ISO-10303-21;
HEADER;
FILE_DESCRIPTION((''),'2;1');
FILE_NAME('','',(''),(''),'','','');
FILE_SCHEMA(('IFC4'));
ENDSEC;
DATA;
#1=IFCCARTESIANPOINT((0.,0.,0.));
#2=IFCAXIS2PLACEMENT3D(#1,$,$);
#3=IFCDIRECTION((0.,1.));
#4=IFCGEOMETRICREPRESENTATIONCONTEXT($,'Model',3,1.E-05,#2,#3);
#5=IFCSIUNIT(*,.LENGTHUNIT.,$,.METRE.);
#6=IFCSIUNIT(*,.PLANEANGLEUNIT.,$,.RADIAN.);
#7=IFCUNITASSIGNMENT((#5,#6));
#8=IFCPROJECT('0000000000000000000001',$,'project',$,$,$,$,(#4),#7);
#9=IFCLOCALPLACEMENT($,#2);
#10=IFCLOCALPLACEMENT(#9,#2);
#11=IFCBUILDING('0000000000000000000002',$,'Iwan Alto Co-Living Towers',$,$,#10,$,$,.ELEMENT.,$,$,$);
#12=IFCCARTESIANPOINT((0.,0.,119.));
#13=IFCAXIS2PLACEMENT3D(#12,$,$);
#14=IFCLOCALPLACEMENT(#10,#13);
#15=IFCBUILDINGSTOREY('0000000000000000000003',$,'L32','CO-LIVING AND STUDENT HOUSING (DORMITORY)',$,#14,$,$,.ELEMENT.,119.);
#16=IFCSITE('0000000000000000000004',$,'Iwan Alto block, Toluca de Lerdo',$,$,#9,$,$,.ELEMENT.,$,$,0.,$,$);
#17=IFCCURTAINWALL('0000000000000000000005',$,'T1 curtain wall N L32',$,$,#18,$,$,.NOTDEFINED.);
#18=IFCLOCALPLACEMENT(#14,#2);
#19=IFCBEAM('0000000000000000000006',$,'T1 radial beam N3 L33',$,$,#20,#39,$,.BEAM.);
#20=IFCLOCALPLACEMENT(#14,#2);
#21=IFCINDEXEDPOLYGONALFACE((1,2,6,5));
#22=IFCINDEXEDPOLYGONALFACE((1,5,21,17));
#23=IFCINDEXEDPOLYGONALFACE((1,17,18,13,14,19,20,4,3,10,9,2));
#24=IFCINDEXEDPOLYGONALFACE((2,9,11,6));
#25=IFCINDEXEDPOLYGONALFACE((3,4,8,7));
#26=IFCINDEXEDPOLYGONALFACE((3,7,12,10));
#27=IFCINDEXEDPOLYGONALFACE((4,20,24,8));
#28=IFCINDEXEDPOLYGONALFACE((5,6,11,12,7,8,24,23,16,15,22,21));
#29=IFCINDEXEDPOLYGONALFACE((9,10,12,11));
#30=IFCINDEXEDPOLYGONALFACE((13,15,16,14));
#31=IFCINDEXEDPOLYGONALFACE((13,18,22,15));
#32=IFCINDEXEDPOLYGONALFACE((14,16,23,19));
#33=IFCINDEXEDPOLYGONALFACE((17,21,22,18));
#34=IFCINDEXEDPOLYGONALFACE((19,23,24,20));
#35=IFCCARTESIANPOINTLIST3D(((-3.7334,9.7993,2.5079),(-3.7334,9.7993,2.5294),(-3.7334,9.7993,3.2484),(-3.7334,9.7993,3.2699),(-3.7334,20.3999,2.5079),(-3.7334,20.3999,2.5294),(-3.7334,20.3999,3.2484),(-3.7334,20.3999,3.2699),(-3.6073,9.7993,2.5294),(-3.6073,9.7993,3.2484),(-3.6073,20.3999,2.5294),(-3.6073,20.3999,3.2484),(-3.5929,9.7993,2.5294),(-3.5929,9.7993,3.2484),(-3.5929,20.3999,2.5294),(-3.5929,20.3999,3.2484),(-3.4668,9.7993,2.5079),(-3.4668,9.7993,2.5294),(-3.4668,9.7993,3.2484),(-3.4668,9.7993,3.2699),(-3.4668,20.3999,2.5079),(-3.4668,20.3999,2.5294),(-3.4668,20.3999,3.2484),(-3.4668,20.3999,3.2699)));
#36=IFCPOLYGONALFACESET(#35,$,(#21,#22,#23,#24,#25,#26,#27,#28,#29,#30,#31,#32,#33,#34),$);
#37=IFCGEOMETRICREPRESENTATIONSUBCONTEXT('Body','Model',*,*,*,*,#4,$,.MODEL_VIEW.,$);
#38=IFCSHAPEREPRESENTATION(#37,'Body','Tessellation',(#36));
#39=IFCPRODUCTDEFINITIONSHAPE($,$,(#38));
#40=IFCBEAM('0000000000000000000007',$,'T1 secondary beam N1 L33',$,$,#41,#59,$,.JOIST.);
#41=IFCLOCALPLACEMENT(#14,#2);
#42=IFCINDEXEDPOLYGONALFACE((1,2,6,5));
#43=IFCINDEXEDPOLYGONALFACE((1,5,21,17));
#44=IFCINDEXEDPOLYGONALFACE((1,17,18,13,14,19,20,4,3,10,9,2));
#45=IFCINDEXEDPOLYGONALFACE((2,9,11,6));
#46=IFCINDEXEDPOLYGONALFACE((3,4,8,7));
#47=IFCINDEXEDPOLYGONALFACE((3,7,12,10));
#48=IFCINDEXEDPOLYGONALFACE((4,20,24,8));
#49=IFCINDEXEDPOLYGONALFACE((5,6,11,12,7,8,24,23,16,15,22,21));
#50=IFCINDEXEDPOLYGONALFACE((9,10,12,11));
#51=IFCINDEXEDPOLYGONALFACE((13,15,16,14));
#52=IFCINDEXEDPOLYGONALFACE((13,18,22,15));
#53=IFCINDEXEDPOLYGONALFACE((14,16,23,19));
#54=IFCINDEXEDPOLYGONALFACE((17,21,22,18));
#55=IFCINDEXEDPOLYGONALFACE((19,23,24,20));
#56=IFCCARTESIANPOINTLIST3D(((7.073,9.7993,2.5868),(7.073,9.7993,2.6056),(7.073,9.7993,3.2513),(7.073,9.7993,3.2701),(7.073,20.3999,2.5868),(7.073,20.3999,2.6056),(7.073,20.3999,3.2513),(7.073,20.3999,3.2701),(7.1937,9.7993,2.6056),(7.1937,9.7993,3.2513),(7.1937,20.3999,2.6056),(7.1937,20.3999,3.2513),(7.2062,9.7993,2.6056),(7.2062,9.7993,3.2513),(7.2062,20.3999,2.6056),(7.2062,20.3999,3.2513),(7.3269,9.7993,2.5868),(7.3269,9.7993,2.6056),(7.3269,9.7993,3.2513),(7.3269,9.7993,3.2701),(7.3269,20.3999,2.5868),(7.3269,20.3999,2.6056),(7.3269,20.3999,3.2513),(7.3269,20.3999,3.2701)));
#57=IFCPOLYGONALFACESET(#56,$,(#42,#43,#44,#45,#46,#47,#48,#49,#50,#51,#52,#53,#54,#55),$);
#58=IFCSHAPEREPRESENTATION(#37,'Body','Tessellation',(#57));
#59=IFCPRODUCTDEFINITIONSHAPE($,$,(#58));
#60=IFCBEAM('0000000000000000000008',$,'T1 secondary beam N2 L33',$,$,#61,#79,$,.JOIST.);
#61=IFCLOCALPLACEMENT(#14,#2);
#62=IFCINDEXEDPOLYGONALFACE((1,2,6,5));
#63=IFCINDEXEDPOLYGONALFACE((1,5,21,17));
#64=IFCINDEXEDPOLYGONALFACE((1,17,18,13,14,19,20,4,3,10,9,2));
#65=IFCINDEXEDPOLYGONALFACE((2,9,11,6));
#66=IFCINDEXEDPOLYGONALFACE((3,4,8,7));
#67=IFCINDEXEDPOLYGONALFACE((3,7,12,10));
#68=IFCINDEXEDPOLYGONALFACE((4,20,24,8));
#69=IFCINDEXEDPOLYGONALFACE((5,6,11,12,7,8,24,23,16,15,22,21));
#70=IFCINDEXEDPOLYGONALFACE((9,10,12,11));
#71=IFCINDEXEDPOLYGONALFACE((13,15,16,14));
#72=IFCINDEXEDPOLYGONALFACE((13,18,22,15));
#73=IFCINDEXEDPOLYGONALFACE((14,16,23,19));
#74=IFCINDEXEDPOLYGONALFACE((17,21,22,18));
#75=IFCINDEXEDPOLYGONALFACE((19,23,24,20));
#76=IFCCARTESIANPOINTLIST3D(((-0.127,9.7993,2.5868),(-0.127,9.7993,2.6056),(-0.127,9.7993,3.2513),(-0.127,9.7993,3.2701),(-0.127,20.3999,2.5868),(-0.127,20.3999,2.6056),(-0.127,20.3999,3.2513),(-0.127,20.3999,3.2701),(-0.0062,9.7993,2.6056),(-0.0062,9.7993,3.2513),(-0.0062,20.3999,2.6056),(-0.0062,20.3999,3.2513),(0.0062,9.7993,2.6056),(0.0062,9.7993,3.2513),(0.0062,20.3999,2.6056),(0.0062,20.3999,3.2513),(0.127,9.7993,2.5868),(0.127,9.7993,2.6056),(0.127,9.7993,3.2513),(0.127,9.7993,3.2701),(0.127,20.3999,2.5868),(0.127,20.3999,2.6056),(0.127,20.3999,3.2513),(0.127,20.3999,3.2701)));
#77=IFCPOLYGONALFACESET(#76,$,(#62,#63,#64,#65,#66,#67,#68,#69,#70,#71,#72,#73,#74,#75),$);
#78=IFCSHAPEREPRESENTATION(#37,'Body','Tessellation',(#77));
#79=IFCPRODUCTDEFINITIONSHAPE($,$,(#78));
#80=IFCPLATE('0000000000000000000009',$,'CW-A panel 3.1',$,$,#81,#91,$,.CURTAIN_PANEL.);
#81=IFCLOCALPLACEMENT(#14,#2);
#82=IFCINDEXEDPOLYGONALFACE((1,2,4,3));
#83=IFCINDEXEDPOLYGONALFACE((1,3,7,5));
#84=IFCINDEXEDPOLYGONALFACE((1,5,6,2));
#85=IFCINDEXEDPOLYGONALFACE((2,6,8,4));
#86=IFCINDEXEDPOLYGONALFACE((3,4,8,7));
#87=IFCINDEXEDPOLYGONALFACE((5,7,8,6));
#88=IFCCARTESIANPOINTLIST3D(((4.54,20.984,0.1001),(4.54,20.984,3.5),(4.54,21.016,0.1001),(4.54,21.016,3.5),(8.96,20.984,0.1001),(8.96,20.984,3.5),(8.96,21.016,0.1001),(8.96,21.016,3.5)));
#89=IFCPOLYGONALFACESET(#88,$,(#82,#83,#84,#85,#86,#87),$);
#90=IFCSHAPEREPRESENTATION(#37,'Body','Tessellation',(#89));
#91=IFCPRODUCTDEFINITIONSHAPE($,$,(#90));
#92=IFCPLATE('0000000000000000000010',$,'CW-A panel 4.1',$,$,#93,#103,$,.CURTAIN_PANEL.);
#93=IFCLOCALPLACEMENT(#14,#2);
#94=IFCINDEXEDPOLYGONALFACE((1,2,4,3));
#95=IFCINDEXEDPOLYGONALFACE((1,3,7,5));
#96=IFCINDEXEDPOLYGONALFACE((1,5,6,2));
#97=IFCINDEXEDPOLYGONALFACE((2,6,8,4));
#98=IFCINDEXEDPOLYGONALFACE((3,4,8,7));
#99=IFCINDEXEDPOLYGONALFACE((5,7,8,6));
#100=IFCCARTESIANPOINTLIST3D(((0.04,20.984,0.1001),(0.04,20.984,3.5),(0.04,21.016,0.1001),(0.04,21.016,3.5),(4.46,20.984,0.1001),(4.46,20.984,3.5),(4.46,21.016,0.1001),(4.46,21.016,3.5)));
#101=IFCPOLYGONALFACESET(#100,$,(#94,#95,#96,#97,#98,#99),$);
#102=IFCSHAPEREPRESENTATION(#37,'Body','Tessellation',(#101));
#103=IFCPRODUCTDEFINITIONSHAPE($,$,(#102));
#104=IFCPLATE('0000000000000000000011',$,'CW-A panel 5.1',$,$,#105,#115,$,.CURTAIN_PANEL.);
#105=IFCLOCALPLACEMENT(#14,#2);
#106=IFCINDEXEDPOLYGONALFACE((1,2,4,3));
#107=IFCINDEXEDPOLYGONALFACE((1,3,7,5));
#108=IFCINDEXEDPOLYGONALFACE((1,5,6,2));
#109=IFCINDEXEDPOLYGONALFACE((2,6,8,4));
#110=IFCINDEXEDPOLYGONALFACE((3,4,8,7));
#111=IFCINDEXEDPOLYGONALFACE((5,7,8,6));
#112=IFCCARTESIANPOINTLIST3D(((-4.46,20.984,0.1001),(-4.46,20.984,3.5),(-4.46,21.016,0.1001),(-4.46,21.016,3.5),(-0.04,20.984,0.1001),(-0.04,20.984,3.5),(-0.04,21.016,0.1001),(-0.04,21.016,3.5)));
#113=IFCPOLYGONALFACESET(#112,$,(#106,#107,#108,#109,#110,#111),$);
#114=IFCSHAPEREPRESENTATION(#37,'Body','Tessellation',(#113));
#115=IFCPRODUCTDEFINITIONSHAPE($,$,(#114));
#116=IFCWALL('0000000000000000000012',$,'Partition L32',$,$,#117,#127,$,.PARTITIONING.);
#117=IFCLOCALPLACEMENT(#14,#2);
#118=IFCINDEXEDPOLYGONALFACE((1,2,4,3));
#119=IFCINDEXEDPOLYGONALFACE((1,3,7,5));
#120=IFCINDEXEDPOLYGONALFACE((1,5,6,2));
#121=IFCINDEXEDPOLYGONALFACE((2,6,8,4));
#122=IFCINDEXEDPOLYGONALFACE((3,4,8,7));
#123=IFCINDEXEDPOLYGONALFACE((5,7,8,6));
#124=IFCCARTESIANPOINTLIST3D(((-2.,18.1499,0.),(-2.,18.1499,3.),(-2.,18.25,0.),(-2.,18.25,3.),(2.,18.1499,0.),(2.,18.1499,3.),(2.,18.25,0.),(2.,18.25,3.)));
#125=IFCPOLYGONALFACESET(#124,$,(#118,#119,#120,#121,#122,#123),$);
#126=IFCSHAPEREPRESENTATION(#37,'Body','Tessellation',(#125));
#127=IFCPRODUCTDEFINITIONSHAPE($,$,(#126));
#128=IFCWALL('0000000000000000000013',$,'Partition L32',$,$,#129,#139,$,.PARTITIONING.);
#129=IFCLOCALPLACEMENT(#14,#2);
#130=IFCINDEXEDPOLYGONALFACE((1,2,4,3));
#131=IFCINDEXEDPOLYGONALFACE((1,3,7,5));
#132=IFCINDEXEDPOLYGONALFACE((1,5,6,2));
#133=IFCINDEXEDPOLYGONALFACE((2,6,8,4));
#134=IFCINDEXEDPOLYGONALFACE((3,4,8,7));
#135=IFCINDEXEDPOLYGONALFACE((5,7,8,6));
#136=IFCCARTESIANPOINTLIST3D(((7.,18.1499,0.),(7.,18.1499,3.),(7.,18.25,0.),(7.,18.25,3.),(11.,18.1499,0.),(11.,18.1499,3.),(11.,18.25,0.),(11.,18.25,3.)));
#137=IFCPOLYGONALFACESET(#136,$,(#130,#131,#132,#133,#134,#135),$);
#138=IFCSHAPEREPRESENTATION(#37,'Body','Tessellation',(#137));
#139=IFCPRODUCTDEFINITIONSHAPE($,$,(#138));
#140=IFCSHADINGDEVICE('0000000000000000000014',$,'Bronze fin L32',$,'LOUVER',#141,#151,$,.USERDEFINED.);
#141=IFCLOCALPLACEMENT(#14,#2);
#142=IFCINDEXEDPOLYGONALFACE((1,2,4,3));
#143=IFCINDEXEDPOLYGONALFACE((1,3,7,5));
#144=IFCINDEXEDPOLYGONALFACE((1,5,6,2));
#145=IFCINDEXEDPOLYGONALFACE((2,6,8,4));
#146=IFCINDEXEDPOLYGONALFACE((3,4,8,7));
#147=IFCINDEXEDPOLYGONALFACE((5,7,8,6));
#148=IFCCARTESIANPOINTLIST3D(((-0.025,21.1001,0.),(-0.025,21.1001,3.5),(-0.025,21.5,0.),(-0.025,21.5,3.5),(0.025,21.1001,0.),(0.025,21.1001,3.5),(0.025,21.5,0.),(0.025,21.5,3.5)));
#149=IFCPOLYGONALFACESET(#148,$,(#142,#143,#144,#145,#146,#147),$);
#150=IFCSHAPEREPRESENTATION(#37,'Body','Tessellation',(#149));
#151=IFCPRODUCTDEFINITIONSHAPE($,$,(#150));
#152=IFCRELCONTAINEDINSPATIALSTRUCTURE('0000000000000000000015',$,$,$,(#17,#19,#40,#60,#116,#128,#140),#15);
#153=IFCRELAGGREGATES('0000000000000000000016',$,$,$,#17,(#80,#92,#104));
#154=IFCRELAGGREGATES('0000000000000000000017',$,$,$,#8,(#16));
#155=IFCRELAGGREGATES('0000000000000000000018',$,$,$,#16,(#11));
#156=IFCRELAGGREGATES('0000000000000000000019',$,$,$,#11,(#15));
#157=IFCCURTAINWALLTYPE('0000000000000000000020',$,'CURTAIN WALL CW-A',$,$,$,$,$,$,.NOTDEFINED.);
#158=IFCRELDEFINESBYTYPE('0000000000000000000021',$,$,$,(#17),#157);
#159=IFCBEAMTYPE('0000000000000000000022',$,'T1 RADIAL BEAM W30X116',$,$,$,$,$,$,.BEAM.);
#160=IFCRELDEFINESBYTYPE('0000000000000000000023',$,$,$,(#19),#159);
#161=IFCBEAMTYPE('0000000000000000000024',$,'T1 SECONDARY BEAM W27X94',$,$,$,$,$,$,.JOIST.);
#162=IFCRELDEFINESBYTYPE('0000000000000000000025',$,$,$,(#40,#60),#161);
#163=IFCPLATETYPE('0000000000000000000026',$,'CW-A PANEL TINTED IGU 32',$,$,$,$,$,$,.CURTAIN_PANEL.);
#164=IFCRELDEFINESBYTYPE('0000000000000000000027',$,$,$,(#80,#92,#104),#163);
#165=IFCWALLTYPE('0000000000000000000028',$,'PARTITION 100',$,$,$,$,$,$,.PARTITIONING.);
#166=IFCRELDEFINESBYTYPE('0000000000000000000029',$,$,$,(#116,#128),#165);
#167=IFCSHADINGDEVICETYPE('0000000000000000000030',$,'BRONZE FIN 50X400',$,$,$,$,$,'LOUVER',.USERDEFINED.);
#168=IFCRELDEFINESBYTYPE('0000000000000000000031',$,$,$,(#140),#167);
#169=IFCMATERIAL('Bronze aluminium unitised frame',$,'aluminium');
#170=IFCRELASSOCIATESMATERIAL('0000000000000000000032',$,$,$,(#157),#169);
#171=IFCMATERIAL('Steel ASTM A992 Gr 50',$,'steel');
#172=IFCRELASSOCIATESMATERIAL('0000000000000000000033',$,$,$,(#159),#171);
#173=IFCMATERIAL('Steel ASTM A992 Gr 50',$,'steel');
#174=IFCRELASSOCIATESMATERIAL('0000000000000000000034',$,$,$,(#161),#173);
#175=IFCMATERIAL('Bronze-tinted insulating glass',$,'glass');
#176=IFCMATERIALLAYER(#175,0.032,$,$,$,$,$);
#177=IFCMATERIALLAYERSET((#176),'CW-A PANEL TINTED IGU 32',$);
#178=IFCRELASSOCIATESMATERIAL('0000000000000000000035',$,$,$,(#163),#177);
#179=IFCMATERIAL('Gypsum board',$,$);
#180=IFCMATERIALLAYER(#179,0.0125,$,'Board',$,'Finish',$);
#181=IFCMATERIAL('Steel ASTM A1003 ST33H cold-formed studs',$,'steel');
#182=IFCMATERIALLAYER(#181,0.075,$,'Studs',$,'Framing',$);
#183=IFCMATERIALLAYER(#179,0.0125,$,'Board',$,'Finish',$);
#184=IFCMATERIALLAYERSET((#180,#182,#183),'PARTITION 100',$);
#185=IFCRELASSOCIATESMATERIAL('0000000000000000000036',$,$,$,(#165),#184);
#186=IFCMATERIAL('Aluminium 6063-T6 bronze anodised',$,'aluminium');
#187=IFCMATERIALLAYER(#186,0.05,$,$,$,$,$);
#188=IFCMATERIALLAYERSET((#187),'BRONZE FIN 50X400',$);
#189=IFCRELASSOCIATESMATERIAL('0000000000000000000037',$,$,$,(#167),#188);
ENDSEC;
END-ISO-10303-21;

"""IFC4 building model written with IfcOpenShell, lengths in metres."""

from ifc_helpers import new_model, si_unit, direction, frame, frame_2d, origin, origin_2d, place, context, subcontext, project, spatial, rectangle, i_section, extrude, material, layer, layer_set, material_profile, profile_set, type_object, element, aggregate, save


model = new_model("IFC4")

# Units and contexts
model_context = context("Model", 3, precision=1e-05, world=origin(), true_north=direction((0.0, 1.0)))
body_context = subcontext(model_context, "Body", "Model", "MODEL_VIEW")
ifc_project = project(units=[si_unit("LENGTHUNIT", "METRE"), si_unit("PLANEANGLEUNIT", "RADIAN")], contexts=[model_context])

# Site, building, storey
site_placement = place(None, origin())
site = spatial("IfcSite", under=ifc_project, at=site_placement, Name="Iwan Alto block, Toluca de Lerdo", CompositionType="ELEMENT", RefElevation=0.0)
building_placement = place(site_placement, origin())
building = spatial("IfcBuilding", under=site, at=building_placement, Name="Iwan Alto Co-Living Towers", CompositionType="ELEMENT")
storey_placement = place(building_placement, frame((0.0, 0.0, 119.0)))
storey = spatial("IfcBuildingStorey", under=building, at=storey_placement, Name="L32", Description="CO-LIVING AND STUDENT HOUSING (DORMITORY)", CompositionType="ELEMENT", Elevation=119.0)

# Curtain wall
ifc_material_1 = material(Name="Bronze aluminium unitised frame", Category="aluminium")
curtain_wall_type = type_object("IfcCurtainWallType", Name="CURTAIN WALL CW-A", PredefinedType="NOTDEFINED", material=ifc_material_1)
curtain_wall_placement = place(storey_placement, origin())
curtain_wall = element("IfcCurtainWall", 1, at=curtain_wall_placement, inside=storey, type_object=curtain_wall_type, Name="T1 curtain wall N L32", PredefinedType="NOTDEFINED")

# Beams
ifc_material_2 = material(Name="Steel ASTM A992 Gr 50", Category="steel")
ifc_material_profile_1 = material_profile(ifc_material_2, i_section(OverallWidth=0.2666, OverallDepth=0.762, WebThickness=0.0144, FlangeThickness=0.0215, at=origin_2d()), Name="W30X116")
ifc_profile_set_1 = profile_set([ifc_material_profile_1], Name="Steel ASTM A992 Gr 50")
beam_type_1 = type_object("IfcBeamType", Name="T1 RADIAL BEAM W30X116", PredefinedType="BEAM", material=ifc_profile_set_1)
for number, where, z_axis, x_axis, name in (
    (2, (-3.6001, 20.3999, 2.8889), (0.0, -1.0, 0.0), (1.0, 0.0, 0.0), "T1 radial beam N3 L33"),
):
    element("IfcBeam", number, at=place(storey_placement, frame(where, z_axis=z_axis, x_axis=x_axis)), inside=storey, type_object=beam_type_1, Name=name, PredefinedType="BEAM", context=body_context, shape_type="SweptSolid", body=[
        extrude(i_section(OverallWidth=0.2666, OverallDepth=0.762, WebThickness=0.0144, FlangeThickness=0.0215, at=origin_2d()), origin(), (0.0, 0.0, 1.0), 10.6006),
    ])
ifc_material_3 = material(Name="Steel ASTM A992 Gr 50", Category="steel")
ifc_material_profile_2 = material_profile(ifc_material_3, i_section(OverallWidth=0.2539, OverallDepth=0.6833, WebThickness=0.0125, FlangeThickness=0.0188, at=origin_2d()), Name="W27X94")
ifc_profile_set_2 = profile_set([ifc_material_profile_2], Name="Steel ASTM A992 Gr 50")
beam_type_2 = type_object("IfcBeamType", Name="T1 SECONDARY BEAM W27X94", PredefinedType="JOIST", material=ifc_profile_set_2)
for number, where, z_axis, x_axis, name in (
    (3, (7.2, 20.3999, 2.9285), (0.0, -1.0, 0.0), (1.0, 0.0, 0.0), "T1 secondary beam N1 L33"),
    (4, (0.0, 20.3999, 2.9285), (0.0, -1.0, 0.0), (1.0, 0.0, 0.0), "T1 secondary beam N2 L33"),
):
    element("IfcBeam", number, at=place(storey_placement, frame(where, z_axis=z_axis, x_axis=x_axis)), inside=storey, type_object=beam_type_2, Name=name, PredefinedType="JOIST", context=body_context, shape_type="SweptSolid", body=[
        extrude(i_section(OverallWidth=0.2539, OverallDepth=0.6833, WebThickness=0.0125, FlangeThickness=0.0188, at=origin_2d()), origin(), (0.0, 0.0, 1.0), 10.6006),
    ])

# Plates
ifc_material_4 = material(Name="Bronze-tinted insulating glass", Category="glass")
ifc_layer_1 = layer(ifc_material_4, 0.032)
ifc_layer_set_1 = layer_set([ifc_layer_1], Name="CW-A PANEL TINTED IGU 32")
plate_type = type_object("IfcPlateType", Name="CW-A PANEL TINTED IGU 32", PredefinedType="CURTAIN_PANEL", material=ifc_layer_set_1)
plate_1_placement = place(storey_placement, frame((6.75, 21.0, 0.1001), z_axis=(0.0, 0.0, 1.0), x_axis=(-1.0, 0.0, 0.0)))
plate_1 = element("IfcPlate", 5, at=plate_1_placement, type_object=plate_type, Name="CW-A panel 3.1", PredefinedType="CURTAIN_PANEL", context=body_context, shape_type="SweptSolid", body=[
    extrude(rectangle(XDim=4.4199, YDim=0.032, at=origin_2d()), origin(), (0.0, 0.0, 1.0), 3.3999),
])
plate_2_placement = place(storey_placement, frame((2.25, 21.0, 0.1001), z_axis=(0.0, 0.0, 1.0), x_axis=(-1.0, 0.0, 0.0)))
plate_2 = element("IfcPlate", 6, at=plate_2_placement, type_object=plate_type, Name="CW-A panel 4.1", PredefinedType="CURTAIN_PANEL", context=body_context, shape_type="SweptSolid", body=[
    extrude(rectangle(XDim=4.4199, YDim=0.032, at=origin_2d()), origin(), (0.0, 0.0, 1.0), 3.3999),
])
plate_3_placement = place(storey_placement, frame((-2.25, 21.0, 0.1001), z_axis=(0.0, 0.0, 1.0), x_axis=(-1.0, 0.0, 0.0)))
plate_3 = element("IfcPlate", 7, at=plate_3_placement, type_object=plate_type, Name="CW-A panel 5.1", PredefinedType="CURTAIN_PANEL", context=body_context, shape_type="SweptSolid", body=[
    extrude(rectangle(XDim=4.4199, YDim=0.032, at=origin_2d()), origin(), (0.0, 0.0, 1.0), 3.3999),
])
aggregate(curtain_wall, [plate_1, plate_2, plate_3])

# Walls
ifc_material_5 = material(Name="Gypsum board")
ifc_layer_2 = layer(ifc_material_5, 0.0125, Name="Board", Category="Finish")
ifc_material_6 = material(Name="Steel ASTM A1003 ST33H cold-formed studs", Category="steel")
ifc_layer_3 = layer(ifc_material_6, 0.075, Name="Studs", Category="Framing")
ifc_layer_4 = layer(ifc_material_5, 0.0125, Name="Board", Category="Finish")
ifc_layer_set_2 = layer_set([ifc_layer_2, ifc_layer_3, ifc_layer_4], Name="PARTITION 100")
wall_type = type_object("IfcWallType", Name="PARTITION 100", PredefinedType="PARTITIONING", material=ifc_layer_set_2)
for number, where, z_axis, x_axis, name in (
    (8, (-2.0, 18.2, 0.0), (0.0, 0.0, 1.0), (1.0, 0.0, 0.0), "Partition L32"),
    (9, (7.0, 18.2, 0.0), (0.0, 0.0, 1.0), (1.0, 0.0, 0.0), "Partition L32"),
):
    element("IfcWall", number, at=place(storey_placement, frame(where, z_axis=z_axis, x_axis=x_axis)), inside=storey, type_object=wall_type, Name=name, PredefinedType="PARTITIONING", context=body_context, shape_type="SweptSolid", body=[
        extrude(rectangle(XDim=4.0, YDim=0.1001, at=frame_2d((2.0, 0.0))), origin(), (0.0, 0.0, 1.0), 3.0),
    ])

# Shading device
ifc_material_7 = material(Name="Aluminium 6063-T6 bronze anodised", Category="aluminium")
ifc_layer_5 = layer(ifc_material_7, 0.05)
ifc_layer_set_3 = layer_set([ifc_layer_5], Name="BRONZE FIN 50X400")
shading_device_type = type_object("IfcShadingDeviceType", Name="BRONZE FIN 50X400", ElementType="LOUVER", PredefinedType="USERDEFINED", material=ifc_layer_set_3)
shading_device_placement = place(storey_placement, frame((0.0, 21.3, 0.0), z_axis=(0.0, 0.0, 1.0), x_axis=(-1.0, 0.0, 0.0)))
element("IfcShadingDevice", 10, at=shading_device_placement, inside=storey, type_object=shading_device_type, Name="Bronze fin L32", ObjectType="LOUVER", PredefinedType="USERDEFINED", context=body_context, shape_type="SweptSolid", body=[
    extrude(rectangle(XDim=0.05, YDim=0.3999, at=origin_2d()), origin(), (0.0, 0.0, 1.0), 3.5),
])

save(model, "model.ifc")
